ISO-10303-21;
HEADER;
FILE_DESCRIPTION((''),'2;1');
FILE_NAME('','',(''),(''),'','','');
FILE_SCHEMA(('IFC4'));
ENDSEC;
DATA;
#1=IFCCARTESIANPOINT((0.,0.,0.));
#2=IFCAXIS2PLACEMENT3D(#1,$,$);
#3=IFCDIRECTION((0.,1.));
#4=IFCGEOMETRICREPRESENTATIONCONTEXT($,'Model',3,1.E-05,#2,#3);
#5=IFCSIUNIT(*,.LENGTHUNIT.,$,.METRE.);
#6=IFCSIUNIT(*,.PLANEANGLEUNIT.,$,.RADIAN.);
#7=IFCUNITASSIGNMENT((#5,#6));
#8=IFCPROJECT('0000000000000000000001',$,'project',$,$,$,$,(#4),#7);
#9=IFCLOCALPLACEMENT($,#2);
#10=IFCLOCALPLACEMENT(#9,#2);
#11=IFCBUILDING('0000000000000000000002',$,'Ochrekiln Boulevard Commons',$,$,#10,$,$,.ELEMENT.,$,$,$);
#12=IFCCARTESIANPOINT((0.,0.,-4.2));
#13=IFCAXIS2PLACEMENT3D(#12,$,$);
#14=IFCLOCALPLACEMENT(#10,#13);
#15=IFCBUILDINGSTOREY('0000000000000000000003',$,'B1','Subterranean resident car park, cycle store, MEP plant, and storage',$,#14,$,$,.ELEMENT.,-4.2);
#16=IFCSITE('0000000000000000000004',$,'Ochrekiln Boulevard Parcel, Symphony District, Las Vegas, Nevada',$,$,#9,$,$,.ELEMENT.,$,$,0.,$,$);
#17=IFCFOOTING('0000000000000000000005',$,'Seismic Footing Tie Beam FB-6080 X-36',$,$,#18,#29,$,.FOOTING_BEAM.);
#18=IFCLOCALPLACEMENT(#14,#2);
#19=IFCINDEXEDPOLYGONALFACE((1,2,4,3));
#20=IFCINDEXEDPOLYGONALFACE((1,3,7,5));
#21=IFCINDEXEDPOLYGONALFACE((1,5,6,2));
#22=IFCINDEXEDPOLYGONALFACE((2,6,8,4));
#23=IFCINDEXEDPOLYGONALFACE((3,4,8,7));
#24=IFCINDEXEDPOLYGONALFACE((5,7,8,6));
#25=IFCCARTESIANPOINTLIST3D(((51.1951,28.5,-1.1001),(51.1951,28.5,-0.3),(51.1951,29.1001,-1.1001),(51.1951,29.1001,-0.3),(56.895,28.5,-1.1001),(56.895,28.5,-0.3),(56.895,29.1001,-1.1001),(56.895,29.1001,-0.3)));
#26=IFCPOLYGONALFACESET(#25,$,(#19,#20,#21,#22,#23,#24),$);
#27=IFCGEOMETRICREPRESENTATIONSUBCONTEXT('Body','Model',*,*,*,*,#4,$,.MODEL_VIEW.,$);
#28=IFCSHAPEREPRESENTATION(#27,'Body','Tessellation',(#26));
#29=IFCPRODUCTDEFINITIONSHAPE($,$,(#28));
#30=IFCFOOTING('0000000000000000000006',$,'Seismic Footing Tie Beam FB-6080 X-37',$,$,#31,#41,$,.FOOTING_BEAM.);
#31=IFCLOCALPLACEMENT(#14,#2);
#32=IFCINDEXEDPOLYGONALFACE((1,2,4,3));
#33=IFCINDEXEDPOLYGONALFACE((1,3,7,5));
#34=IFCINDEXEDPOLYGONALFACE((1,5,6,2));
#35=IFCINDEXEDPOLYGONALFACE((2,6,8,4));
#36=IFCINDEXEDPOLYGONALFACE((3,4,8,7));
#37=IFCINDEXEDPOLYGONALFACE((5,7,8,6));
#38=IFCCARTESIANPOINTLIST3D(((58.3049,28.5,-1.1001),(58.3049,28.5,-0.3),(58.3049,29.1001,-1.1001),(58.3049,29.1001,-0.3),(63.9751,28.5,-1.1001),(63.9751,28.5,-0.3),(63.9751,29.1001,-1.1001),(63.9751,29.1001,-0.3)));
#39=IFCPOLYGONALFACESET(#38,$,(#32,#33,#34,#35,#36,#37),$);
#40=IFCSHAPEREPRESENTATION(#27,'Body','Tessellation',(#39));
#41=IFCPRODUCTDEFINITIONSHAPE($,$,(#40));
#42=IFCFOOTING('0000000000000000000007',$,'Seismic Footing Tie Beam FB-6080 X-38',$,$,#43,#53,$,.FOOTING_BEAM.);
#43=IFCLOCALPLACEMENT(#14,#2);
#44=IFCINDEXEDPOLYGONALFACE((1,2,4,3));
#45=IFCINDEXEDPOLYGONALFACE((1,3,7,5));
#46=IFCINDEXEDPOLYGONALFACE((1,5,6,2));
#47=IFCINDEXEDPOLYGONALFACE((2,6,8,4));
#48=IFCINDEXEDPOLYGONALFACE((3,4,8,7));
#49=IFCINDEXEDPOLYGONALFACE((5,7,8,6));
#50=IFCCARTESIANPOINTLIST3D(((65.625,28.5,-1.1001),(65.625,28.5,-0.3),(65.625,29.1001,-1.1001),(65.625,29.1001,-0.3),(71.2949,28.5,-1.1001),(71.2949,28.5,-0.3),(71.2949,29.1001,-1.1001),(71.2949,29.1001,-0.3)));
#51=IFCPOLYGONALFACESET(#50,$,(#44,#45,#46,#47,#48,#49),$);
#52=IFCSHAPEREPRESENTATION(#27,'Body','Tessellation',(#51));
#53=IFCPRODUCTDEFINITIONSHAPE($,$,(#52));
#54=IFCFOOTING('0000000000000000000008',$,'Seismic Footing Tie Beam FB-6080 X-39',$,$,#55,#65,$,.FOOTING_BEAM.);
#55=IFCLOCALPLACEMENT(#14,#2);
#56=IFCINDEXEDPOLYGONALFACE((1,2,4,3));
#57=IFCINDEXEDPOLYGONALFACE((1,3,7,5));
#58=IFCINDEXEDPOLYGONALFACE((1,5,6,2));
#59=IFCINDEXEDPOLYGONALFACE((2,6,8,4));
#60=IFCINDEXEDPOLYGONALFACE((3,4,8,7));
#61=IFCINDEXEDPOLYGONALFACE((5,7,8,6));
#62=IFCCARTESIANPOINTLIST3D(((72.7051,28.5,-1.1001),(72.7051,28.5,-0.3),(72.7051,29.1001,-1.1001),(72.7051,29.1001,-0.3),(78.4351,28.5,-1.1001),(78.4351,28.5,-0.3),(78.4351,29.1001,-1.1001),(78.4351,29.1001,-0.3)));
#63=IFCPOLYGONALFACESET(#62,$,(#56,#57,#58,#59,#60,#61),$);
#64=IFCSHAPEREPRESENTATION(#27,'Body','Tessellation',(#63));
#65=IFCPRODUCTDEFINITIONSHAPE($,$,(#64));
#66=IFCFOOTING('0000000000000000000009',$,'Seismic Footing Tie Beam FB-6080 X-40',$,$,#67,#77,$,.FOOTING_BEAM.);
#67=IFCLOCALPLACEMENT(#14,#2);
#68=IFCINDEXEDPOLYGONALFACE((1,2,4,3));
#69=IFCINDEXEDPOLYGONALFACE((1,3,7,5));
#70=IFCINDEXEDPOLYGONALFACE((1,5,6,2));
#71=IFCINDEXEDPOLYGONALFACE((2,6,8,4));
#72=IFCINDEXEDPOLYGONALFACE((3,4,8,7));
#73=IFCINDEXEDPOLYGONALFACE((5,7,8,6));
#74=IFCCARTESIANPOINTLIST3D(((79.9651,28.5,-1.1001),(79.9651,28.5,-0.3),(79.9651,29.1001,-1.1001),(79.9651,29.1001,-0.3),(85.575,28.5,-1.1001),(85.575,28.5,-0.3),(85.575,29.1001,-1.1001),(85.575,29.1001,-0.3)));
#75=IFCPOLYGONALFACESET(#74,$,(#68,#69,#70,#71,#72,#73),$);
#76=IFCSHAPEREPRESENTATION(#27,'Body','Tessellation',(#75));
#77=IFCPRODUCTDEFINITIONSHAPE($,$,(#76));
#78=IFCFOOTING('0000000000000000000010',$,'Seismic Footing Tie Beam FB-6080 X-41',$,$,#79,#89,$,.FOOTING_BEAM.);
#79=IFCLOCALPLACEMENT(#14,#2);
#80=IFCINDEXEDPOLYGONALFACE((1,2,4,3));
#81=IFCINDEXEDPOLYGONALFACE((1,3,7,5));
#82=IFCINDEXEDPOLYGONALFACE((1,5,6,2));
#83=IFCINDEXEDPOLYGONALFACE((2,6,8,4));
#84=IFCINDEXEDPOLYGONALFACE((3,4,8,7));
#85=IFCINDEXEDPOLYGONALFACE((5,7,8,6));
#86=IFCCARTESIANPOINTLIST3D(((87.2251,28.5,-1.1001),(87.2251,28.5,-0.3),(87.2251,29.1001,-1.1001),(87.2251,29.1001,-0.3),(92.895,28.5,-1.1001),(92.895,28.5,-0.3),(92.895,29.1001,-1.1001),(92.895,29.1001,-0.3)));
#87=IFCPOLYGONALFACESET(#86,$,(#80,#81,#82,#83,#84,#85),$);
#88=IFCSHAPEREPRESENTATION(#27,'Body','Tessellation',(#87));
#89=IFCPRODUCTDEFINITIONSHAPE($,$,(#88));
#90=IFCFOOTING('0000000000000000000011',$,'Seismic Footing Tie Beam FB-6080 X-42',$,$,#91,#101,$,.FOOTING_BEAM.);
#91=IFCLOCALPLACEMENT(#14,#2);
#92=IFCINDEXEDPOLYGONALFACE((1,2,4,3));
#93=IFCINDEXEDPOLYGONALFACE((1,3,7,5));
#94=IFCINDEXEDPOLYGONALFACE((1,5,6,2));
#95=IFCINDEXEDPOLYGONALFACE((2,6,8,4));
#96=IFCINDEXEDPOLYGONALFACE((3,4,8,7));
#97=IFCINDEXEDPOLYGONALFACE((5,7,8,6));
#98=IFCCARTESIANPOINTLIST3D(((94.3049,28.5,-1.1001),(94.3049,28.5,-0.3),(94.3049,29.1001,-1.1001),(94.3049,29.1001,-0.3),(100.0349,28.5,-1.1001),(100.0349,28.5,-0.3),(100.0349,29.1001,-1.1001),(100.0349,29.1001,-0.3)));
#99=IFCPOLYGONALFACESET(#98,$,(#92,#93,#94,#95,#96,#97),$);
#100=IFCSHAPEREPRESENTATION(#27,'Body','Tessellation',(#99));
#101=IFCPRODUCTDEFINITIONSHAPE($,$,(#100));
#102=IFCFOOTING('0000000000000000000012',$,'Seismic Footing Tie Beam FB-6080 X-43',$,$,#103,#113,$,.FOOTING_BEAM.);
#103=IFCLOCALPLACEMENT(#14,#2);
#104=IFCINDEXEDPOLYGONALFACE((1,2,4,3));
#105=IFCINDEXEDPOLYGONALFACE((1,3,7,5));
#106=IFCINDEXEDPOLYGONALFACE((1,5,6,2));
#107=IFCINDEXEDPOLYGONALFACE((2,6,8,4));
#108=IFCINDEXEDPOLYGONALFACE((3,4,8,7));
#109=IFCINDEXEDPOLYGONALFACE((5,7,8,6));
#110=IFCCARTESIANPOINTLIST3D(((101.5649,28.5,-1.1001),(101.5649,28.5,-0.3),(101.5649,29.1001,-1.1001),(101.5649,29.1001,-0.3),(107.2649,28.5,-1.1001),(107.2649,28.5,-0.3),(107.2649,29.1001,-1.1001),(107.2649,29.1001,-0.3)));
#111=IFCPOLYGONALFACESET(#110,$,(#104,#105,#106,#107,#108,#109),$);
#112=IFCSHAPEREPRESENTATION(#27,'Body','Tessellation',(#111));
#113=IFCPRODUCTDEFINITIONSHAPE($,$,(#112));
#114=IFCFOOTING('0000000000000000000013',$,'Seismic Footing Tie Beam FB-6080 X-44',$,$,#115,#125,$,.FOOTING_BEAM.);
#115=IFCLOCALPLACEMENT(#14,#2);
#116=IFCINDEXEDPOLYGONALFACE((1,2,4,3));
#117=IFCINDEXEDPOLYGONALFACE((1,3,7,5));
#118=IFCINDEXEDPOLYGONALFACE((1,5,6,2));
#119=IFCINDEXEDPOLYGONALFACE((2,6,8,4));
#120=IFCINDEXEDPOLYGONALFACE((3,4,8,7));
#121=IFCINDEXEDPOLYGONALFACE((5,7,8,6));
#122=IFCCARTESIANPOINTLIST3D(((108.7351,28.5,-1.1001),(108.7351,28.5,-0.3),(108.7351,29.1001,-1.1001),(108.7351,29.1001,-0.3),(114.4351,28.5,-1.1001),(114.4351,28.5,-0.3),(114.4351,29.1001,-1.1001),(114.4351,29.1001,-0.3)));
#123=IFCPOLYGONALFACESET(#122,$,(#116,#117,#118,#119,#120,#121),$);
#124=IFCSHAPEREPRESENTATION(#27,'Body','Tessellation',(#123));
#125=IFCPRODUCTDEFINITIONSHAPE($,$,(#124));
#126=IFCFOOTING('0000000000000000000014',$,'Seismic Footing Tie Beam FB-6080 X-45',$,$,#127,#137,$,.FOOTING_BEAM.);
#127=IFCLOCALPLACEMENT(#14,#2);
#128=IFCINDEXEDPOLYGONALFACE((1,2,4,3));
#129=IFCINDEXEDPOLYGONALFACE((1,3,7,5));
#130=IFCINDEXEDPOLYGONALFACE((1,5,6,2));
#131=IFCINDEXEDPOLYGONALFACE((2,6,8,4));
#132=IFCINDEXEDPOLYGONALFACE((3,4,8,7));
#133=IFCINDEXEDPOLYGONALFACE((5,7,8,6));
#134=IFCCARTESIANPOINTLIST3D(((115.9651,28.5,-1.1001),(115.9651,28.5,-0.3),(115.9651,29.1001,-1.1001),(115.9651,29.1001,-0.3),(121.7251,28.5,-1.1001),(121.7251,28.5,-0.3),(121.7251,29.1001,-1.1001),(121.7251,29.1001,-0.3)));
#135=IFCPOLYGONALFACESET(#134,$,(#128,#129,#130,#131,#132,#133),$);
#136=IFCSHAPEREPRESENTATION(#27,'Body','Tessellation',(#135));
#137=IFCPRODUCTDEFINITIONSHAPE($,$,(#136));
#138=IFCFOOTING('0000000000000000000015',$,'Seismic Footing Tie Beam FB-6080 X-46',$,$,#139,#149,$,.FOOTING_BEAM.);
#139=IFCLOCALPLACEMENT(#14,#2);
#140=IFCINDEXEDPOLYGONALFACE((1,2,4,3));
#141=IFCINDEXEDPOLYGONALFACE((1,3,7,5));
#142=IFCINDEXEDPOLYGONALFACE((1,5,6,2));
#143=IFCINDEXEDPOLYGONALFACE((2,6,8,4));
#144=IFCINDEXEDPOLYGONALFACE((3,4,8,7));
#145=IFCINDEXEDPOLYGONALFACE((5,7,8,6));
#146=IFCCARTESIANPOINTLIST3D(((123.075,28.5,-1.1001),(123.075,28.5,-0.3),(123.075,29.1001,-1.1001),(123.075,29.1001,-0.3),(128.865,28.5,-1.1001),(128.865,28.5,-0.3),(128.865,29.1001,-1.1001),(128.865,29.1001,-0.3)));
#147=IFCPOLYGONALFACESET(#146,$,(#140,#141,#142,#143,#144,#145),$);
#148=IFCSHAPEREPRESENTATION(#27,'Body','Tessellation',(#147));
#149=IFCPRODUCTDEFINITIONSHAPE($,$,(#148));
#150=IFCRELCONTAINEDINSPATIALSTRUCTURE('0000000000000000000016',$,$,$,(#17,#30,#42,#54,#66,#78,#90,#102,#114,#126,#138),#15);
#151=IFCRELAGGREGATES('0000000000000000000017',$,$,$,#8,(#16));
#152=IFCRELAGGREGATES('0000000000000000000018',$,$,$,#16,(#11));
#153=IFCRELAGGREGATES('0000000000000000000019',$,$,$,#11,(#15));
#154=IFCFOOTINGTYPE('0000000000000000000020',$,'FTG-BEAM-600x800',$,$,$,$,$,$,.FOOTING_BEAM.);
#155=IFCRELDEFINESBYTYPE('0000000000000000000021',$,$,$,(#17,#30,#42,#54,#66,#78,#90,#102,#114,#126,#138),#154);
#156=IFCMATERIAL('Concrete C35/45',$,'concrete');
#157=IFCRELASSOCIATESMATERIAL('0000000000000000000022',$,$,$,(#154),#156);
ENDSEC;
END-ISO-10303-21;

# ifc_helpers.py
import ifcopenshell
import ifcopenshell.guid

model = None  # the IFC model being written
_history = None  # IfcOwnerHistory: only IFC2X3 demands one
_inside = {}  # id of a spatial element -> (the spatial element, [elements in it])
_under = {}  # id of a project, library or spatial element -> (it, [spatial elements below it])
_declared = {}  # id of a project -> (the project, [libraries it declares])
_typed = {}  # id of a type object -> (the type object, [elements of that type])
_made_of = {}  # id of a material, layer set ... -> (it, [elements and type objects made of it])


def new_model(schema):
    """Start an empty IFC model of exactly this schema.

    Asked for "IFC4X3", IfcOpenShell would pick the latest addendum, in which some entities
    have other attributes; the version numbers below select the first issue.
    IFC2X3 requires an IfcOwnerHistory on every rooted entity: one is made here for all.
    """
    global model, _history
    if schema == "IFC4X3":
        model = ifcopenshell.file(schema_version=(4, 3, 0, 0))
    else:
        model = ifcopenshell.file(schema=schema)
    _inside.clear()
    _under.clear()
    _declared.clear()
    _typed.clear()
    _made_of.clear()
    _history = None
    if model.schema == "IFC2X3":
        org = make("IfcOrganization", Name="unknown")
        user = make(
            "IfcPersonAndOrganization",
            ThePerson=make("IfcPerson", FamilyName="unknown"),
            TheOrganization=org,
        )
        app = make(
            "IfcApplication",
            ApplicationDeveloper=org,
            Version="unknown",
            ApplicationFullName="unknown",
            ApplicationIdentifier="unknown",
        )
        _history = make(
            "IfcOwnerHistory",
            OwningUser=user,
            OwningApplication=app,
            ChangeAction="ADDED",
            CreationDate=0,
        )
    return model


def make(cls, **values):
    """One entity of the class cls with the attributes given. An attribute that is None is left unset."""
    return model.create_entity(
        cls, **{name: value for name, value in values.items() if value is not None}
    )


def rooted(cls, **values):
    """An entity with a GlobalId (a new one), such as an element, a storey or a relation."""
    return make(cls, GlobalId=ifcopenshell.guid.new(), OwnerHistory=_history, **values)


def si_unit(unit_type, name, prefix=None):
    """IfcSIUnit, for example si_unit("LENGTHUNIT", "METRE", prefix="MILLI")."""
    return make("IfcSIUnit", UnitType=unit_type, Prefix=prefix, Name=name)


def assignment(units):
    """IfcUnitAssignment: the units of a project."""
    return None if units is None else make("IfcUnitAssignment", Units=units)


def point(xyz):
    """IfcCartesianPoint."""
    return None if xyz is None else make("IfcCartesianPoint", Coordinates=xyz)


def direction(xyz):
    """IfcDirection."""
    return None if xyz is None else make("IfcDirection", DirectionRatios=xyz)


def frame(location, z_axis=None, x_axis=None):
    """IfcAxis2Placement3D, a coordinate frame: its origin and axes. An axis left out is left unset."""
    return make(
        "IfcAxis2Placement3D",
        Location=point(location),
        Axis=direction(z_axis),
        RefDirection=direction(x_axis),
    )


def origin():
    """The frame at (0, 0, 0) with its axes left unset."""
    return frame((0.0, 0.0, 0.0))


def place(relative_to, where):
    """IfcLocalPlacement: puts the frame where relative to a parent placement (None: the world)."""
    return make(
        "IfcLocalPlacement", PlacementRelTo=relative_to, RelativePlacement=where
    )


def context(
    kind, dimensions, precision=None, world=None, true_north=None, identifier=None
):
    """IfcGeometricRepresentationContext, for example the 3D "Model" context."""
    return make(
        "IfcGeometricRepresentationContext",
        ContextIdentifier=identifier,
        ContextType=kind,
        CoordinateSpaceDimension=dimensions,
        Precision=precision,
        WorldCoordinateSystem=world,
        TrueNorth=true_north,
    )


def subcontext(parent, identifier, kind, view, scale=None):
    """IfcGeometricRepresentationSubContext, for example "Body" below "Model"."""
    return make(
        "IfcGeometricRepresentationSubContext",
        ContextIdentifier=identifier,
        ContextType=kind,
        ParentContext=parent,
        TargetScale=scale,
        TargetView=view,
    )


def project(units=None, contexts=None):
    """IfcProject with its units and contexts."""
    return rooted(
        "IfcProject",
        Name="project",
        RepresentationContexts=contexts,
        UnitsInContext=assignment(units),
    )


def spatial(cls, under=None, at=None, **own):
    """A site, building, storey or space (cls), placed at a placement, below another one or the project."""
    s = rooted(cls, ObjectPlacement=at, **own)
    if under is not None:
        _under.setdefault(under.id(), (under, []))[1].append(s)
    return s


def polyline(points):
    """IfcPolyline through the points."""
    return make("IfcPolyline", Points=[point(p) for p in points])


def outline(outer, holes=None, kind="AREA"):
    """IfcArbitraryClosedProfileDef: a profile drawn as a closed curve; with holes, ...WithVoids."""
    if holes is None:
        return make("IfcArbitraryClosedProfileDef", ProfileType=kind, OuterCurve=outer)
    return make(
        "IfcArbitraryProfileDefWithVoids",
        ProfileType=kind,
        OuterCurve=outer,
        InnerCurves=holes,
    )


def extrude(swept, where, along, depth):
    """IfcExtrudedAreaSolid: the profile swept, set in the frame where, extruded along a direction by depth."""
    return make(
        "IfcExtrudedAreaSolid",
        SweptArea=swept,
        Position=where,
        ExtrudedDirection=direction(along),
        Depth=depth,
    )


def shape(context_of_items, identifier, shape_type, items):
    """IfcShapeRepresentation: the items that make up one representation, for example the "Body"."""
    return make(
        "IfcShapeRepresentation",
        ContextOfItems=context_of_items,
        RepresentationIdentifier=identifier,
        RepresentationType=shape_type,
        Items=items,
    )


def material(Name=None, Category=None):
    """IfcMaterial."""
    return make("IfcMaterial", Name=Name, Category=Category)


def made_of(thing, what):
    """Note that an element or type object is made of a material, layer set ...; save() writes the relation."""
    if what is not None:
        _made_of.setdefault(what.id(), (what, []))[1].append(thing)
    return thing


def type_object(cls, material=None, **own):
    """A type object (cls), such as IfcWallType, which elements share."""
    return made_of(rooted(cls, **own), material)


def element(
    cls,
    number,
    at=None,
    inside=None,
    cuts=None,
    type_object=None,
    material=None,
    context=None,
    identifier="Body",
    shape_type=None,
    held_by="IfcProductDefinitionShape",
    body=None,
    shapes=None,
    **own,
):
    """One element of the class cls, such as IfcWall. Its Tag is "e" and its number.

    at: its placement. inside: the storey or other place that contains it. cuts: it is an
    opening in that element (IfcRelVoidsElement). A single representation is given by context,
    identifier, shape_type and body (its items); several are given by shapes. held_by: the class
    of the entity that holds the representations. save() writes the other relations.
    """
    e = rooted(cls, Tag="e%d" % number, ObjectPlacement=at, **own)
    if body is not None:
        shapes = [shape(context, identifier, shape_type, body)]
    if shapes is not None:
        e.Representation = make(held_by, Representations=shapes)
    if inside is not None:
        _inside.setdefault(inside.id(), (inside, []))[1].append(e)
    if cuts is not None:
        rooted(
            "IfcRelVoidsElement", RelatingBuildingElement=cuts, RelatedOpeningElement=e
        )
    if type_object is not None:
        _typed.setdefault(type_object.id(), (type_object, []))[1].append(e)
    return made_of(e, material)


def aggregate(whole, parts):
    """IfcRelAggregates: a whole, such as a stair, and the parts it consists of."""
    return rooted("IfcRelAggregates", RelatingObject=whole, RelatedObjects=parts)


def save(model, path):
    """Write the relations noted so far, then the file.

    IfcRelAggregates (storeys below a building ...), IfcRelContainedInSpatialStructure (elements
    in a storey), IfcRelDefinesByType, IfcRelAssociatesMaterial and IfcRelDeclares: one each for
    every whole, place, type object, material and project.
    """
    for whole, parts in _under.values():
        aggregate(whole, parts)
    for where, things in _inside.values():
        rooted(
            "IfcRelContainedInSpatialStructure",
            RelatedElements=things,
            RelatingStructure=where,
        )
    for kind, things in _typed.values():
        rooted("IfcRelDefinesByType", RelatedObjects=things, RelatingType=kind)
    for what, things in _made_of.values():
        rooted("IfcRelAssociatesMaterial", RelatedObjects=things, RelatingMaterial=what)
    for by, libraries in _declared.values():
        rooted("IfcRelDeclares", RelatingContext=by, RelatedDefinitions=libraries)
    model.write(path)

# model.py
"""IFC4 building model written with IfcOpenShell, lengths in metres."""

from ifc_helpers import new_model, si_unit, direction, frame, origin, place, context, subcontext, project, spatial, polyline, outline, extrude, material, type_object, element, save


model = new_model("IFC4")

# Units and contexts
model_context = context("Model", 3, precision=1e-05, world=origin(), true_north=direction((0.0, 1.0)))
body_context = subcontext(model_context, "Body", "Model", "MODEL_VIEW")
ifc_project = project(units=[si_unit("LENGTHUNIT", "METRE"), si_unit("PLANEANGLEUNIT", "RADIAN")], contexts=[model_context])

# Site, building, storey
site_placement = place(None, origin())
site = spatial("IfcSite", under=ifc_project, at=site_placement, Name="Ochrekiln Boulevard Parcel, Symphony District, Las Vegas, Nevada", CompositionType="ELEMENT", RefElevation=0.0)
building_placement = place(site_placement, origin())
building = spatial("IfcBuilding", under=site, at=building_placement, Name="Ochrekiln Boulevard Commons", CompositionType="ELEMENT")
storey_placement = place(building_placement, frame((0.0, 0.0, -4.2)))
storey = spatial("IfcBuildingStorey", under=building, at=storey_placement, Name="B1", Description="Subterranean resident car park, cycle store, MEP plant, and storage", CompositionType="ELEMENT", Elevation=-4.2)

# Footings
ifc_material = material(Name="Concrete C35/45", Category="concrete")
footing_type = type_object("IfcFootingType", Name="FTG-BEAM-600x800", PredefinedType="FOOTING_BEAM", material=ifc_material)
footing_1_placement = place(storey_placement, frame((0.0, 0.0, -1.1001)))
element("IfcFooting", 1, at=footing_1_placement, inside=storey, type_object=footing_type, Name="Seismic Footing Tie Beam FB-6080 X-36", PredefinedType="FOOTING_BEAM", context=body_context, shape_type="SweptSolid", body=[
    extrude(outline(polyline([(51.1951, 28.5), (56.895, 28.5), (56.895, 29.1001), (51.1951, 29.1001), (51.1951, 28.5)])), origin(), (0.0, 0.0, 1.0), 0.8),
])
footing_2_placement = place(storey_placement, frame((0.0, 0.0, -1.1001)))
element("IfcFooting", 2, at=footing_2_placement, inside=storey, type_object=footing_type, Name="Seismic Footing Tie Beam FB-6080 X-37", PredefinedType="FOOTING_BEAM", context=body_context, shape_type="SweptSolid", body=[
    extrude(outline(polyline([(58.3049, 28.5), (63.9751, 28.5), (63.9751, 29.1001), (58.3049, 29.1001), (58.3049, 28.5)])), origin(), (0.0, 0.0, 1.0), 0.8),
])
footing_3_placement = place(storey_placement, frame((0.0, 0.0, -1.1001)))
element("IfcFooting", 3, at=footing_3_placement, inside=storey, type_object=footing_type, Name="Seismic Footing Tie Beam FB-6080 X-38", PredefinedType="FOOTING_BEAM", context=body_context, shape_type="SweptSolid", body=[
    extrude(outline(polyline([(65.625, 28.5), (71.2949, 28.5), (71.2949, 29.1001), (65.625, 29.1001), (65.625, 28.5)])), origin(), (0.0, 0.0, 1.0), 0.8),
])
footing_4_placement = place(storey_placement, frame((0.0, 0.0, -1.1001)))
element("IfcFooting", 4, at=footing_4_placement, inside=storey, type_object=footing_type, Name="Seismic Footing Tie Beam FB-6080 X-39", PredefinedType="FOOTING_BEAM", context=body_context, shape_type="SweptSolid", body=[
    extrude(outline(polyline([(72.7051, 28.5), (78.4351, 28.5), (78.4351, 29.1001), (72.7051, 29.1001), (72.7051, 28.5)])), origin(), (0.0, 0.0, 1.0), 0.8),
])
footing_5_placement = place(storey_placement, frame((0.0, 0.0, -1.1001)))
element("IfcFooting", 5, at=footing_5_placement, inside=storey, type_object=footing_type, Name="Seismic Footing Tie Beam FB-6080 X-40", PredefinedType="FOOTING_BEAM", context=body_context, shape_type="SweptSolid", body=[
    extrude(outline(polyline([(79.9651, 28.5), (85.575, 28.5), (85.575, 29.1001), (79.9651, 29.1001), (79.9651, 28.5)])), origin(), (0.0, 0.0, 1.0), 0.8),
])
footing_6_placement = place(storey_placement, frame((0.0, 0.0, -1.1001)))
element("IfcFooting", 6, at=footing_6_placement, inside=storey, type_object=footing_type, Name="Seismic Footing Tie Beam FB-6080 X-41", PredefinedType="FOOTING_BEAM", context=body_context, shape_type="SweptSolid", body=[
    extrude(outline(polyline([(87.2251, 28.5), (92.895, 28.5), (92.895, 29.1001), (87.2251, 29.1001), (87.2251, 28.5)])), origin(), (0.0, 0.0, 1.0), 0.8),
])
footing_7_placement = place(storey_placement, frame((0.0, 0.0, -1.1001)))
element("IfcFooting", 7, at=footing_7_placement, inside=storey, type_object=footing_type, Name="Seismic Footing Tie Beam FB-6080 X-42", PredefinedType="FOOTING_BEAM", context=body_context, shape_type="SweptSolid", body=[
    extrude(outline(polyline([(94.3049, 28.5), (100.0349, 28.5), (100.0349, 29.1001), (94.3049, 29.1001), (94.3049, 28.5)])), origin(), (0.0, 0.0, 1.0), 0.8),
])
footing_8_placement = place(storey_placement, frame((0.0, 0.0, -1.1001)))
element("IfcFooting", 8, at=footing_8_placement, inside=storey, type_object=footing_type, Name="Seismic Footing Tie Beam FB-6080 X-43", PredefinedType="FOOTING_BEAM", context=body_context, shape_type="SweptSolid", body=[
    extrude(outline(polyline([(101.5649, 28.5), (107.2649, 28.5), (107.2649, 29.1001), (101.5649, 29.1001), (101.5649, 28.5)])), origin(), (0.0, 0.0, 1.0), 0.8),
])
footing_9_placement = place(storey_placement, frame((0.0, 0.0, -1.1001)))
element("IfcFooting", 9, at=footing_9_placement, inside=storey, type_object=footing_type, Name="Seismic Footing Tie Beam FB-6080 X-44", PredefinedType="FOOTING_BEAM", context=body_context, shape_type="SweptSolid", body=[
    extrude(outline(polyline([(108.7351, 28.5), (114.4351, 28.5), (114.4351, 29.1001), (108.7351, 29.1001), (108.7351, 28.5)])), origin(), (0.0, 0.0, 1.0), 0.8),
])
footing_10_placement = place(storey_placement, frame((0.0, 0.0, -1.1001)))
element("IfcFooting", 10, at=footing_10_placement, inside=storey, type_object=footing_type, Name="Seismic Footing Tie Beam FB-6080 X-45", PredefinedType="FOOTING_BEAM", context=body_context, shape_type="SweptSolid", body=[
    extrude(outline(polyline([(115.9651, 28.5), (121.7251, 28.5), (121.7251, 29.1001), (115.9651, 29.1001), (115.9651, 28.5)])), origin(), (0.0, 0.0, 1.0), 0.8),
])
footing_11_placement = place(storey_placement, frame((0.0, 0.0, -1.1001)))
element("IfcFooting", 11, at=footing_11_placement, inside=storey, type_object=footing_type, Name="Seismic Footing Tie Beam FB-6080 X-46", PredefinedType="FOOTING_BEAM", context=body_context, shape_type="SweptSolid", body=[
    extrude(outline(polyline([(123.075, 28.5), (128.865, 28.5), (128.865, 29.1001), (123.075, 29.1001), (123.075, 28.5)])), origin(), (0.0, 0.0, 1.0), 0.8),
])

save(model, "model.ifc")
